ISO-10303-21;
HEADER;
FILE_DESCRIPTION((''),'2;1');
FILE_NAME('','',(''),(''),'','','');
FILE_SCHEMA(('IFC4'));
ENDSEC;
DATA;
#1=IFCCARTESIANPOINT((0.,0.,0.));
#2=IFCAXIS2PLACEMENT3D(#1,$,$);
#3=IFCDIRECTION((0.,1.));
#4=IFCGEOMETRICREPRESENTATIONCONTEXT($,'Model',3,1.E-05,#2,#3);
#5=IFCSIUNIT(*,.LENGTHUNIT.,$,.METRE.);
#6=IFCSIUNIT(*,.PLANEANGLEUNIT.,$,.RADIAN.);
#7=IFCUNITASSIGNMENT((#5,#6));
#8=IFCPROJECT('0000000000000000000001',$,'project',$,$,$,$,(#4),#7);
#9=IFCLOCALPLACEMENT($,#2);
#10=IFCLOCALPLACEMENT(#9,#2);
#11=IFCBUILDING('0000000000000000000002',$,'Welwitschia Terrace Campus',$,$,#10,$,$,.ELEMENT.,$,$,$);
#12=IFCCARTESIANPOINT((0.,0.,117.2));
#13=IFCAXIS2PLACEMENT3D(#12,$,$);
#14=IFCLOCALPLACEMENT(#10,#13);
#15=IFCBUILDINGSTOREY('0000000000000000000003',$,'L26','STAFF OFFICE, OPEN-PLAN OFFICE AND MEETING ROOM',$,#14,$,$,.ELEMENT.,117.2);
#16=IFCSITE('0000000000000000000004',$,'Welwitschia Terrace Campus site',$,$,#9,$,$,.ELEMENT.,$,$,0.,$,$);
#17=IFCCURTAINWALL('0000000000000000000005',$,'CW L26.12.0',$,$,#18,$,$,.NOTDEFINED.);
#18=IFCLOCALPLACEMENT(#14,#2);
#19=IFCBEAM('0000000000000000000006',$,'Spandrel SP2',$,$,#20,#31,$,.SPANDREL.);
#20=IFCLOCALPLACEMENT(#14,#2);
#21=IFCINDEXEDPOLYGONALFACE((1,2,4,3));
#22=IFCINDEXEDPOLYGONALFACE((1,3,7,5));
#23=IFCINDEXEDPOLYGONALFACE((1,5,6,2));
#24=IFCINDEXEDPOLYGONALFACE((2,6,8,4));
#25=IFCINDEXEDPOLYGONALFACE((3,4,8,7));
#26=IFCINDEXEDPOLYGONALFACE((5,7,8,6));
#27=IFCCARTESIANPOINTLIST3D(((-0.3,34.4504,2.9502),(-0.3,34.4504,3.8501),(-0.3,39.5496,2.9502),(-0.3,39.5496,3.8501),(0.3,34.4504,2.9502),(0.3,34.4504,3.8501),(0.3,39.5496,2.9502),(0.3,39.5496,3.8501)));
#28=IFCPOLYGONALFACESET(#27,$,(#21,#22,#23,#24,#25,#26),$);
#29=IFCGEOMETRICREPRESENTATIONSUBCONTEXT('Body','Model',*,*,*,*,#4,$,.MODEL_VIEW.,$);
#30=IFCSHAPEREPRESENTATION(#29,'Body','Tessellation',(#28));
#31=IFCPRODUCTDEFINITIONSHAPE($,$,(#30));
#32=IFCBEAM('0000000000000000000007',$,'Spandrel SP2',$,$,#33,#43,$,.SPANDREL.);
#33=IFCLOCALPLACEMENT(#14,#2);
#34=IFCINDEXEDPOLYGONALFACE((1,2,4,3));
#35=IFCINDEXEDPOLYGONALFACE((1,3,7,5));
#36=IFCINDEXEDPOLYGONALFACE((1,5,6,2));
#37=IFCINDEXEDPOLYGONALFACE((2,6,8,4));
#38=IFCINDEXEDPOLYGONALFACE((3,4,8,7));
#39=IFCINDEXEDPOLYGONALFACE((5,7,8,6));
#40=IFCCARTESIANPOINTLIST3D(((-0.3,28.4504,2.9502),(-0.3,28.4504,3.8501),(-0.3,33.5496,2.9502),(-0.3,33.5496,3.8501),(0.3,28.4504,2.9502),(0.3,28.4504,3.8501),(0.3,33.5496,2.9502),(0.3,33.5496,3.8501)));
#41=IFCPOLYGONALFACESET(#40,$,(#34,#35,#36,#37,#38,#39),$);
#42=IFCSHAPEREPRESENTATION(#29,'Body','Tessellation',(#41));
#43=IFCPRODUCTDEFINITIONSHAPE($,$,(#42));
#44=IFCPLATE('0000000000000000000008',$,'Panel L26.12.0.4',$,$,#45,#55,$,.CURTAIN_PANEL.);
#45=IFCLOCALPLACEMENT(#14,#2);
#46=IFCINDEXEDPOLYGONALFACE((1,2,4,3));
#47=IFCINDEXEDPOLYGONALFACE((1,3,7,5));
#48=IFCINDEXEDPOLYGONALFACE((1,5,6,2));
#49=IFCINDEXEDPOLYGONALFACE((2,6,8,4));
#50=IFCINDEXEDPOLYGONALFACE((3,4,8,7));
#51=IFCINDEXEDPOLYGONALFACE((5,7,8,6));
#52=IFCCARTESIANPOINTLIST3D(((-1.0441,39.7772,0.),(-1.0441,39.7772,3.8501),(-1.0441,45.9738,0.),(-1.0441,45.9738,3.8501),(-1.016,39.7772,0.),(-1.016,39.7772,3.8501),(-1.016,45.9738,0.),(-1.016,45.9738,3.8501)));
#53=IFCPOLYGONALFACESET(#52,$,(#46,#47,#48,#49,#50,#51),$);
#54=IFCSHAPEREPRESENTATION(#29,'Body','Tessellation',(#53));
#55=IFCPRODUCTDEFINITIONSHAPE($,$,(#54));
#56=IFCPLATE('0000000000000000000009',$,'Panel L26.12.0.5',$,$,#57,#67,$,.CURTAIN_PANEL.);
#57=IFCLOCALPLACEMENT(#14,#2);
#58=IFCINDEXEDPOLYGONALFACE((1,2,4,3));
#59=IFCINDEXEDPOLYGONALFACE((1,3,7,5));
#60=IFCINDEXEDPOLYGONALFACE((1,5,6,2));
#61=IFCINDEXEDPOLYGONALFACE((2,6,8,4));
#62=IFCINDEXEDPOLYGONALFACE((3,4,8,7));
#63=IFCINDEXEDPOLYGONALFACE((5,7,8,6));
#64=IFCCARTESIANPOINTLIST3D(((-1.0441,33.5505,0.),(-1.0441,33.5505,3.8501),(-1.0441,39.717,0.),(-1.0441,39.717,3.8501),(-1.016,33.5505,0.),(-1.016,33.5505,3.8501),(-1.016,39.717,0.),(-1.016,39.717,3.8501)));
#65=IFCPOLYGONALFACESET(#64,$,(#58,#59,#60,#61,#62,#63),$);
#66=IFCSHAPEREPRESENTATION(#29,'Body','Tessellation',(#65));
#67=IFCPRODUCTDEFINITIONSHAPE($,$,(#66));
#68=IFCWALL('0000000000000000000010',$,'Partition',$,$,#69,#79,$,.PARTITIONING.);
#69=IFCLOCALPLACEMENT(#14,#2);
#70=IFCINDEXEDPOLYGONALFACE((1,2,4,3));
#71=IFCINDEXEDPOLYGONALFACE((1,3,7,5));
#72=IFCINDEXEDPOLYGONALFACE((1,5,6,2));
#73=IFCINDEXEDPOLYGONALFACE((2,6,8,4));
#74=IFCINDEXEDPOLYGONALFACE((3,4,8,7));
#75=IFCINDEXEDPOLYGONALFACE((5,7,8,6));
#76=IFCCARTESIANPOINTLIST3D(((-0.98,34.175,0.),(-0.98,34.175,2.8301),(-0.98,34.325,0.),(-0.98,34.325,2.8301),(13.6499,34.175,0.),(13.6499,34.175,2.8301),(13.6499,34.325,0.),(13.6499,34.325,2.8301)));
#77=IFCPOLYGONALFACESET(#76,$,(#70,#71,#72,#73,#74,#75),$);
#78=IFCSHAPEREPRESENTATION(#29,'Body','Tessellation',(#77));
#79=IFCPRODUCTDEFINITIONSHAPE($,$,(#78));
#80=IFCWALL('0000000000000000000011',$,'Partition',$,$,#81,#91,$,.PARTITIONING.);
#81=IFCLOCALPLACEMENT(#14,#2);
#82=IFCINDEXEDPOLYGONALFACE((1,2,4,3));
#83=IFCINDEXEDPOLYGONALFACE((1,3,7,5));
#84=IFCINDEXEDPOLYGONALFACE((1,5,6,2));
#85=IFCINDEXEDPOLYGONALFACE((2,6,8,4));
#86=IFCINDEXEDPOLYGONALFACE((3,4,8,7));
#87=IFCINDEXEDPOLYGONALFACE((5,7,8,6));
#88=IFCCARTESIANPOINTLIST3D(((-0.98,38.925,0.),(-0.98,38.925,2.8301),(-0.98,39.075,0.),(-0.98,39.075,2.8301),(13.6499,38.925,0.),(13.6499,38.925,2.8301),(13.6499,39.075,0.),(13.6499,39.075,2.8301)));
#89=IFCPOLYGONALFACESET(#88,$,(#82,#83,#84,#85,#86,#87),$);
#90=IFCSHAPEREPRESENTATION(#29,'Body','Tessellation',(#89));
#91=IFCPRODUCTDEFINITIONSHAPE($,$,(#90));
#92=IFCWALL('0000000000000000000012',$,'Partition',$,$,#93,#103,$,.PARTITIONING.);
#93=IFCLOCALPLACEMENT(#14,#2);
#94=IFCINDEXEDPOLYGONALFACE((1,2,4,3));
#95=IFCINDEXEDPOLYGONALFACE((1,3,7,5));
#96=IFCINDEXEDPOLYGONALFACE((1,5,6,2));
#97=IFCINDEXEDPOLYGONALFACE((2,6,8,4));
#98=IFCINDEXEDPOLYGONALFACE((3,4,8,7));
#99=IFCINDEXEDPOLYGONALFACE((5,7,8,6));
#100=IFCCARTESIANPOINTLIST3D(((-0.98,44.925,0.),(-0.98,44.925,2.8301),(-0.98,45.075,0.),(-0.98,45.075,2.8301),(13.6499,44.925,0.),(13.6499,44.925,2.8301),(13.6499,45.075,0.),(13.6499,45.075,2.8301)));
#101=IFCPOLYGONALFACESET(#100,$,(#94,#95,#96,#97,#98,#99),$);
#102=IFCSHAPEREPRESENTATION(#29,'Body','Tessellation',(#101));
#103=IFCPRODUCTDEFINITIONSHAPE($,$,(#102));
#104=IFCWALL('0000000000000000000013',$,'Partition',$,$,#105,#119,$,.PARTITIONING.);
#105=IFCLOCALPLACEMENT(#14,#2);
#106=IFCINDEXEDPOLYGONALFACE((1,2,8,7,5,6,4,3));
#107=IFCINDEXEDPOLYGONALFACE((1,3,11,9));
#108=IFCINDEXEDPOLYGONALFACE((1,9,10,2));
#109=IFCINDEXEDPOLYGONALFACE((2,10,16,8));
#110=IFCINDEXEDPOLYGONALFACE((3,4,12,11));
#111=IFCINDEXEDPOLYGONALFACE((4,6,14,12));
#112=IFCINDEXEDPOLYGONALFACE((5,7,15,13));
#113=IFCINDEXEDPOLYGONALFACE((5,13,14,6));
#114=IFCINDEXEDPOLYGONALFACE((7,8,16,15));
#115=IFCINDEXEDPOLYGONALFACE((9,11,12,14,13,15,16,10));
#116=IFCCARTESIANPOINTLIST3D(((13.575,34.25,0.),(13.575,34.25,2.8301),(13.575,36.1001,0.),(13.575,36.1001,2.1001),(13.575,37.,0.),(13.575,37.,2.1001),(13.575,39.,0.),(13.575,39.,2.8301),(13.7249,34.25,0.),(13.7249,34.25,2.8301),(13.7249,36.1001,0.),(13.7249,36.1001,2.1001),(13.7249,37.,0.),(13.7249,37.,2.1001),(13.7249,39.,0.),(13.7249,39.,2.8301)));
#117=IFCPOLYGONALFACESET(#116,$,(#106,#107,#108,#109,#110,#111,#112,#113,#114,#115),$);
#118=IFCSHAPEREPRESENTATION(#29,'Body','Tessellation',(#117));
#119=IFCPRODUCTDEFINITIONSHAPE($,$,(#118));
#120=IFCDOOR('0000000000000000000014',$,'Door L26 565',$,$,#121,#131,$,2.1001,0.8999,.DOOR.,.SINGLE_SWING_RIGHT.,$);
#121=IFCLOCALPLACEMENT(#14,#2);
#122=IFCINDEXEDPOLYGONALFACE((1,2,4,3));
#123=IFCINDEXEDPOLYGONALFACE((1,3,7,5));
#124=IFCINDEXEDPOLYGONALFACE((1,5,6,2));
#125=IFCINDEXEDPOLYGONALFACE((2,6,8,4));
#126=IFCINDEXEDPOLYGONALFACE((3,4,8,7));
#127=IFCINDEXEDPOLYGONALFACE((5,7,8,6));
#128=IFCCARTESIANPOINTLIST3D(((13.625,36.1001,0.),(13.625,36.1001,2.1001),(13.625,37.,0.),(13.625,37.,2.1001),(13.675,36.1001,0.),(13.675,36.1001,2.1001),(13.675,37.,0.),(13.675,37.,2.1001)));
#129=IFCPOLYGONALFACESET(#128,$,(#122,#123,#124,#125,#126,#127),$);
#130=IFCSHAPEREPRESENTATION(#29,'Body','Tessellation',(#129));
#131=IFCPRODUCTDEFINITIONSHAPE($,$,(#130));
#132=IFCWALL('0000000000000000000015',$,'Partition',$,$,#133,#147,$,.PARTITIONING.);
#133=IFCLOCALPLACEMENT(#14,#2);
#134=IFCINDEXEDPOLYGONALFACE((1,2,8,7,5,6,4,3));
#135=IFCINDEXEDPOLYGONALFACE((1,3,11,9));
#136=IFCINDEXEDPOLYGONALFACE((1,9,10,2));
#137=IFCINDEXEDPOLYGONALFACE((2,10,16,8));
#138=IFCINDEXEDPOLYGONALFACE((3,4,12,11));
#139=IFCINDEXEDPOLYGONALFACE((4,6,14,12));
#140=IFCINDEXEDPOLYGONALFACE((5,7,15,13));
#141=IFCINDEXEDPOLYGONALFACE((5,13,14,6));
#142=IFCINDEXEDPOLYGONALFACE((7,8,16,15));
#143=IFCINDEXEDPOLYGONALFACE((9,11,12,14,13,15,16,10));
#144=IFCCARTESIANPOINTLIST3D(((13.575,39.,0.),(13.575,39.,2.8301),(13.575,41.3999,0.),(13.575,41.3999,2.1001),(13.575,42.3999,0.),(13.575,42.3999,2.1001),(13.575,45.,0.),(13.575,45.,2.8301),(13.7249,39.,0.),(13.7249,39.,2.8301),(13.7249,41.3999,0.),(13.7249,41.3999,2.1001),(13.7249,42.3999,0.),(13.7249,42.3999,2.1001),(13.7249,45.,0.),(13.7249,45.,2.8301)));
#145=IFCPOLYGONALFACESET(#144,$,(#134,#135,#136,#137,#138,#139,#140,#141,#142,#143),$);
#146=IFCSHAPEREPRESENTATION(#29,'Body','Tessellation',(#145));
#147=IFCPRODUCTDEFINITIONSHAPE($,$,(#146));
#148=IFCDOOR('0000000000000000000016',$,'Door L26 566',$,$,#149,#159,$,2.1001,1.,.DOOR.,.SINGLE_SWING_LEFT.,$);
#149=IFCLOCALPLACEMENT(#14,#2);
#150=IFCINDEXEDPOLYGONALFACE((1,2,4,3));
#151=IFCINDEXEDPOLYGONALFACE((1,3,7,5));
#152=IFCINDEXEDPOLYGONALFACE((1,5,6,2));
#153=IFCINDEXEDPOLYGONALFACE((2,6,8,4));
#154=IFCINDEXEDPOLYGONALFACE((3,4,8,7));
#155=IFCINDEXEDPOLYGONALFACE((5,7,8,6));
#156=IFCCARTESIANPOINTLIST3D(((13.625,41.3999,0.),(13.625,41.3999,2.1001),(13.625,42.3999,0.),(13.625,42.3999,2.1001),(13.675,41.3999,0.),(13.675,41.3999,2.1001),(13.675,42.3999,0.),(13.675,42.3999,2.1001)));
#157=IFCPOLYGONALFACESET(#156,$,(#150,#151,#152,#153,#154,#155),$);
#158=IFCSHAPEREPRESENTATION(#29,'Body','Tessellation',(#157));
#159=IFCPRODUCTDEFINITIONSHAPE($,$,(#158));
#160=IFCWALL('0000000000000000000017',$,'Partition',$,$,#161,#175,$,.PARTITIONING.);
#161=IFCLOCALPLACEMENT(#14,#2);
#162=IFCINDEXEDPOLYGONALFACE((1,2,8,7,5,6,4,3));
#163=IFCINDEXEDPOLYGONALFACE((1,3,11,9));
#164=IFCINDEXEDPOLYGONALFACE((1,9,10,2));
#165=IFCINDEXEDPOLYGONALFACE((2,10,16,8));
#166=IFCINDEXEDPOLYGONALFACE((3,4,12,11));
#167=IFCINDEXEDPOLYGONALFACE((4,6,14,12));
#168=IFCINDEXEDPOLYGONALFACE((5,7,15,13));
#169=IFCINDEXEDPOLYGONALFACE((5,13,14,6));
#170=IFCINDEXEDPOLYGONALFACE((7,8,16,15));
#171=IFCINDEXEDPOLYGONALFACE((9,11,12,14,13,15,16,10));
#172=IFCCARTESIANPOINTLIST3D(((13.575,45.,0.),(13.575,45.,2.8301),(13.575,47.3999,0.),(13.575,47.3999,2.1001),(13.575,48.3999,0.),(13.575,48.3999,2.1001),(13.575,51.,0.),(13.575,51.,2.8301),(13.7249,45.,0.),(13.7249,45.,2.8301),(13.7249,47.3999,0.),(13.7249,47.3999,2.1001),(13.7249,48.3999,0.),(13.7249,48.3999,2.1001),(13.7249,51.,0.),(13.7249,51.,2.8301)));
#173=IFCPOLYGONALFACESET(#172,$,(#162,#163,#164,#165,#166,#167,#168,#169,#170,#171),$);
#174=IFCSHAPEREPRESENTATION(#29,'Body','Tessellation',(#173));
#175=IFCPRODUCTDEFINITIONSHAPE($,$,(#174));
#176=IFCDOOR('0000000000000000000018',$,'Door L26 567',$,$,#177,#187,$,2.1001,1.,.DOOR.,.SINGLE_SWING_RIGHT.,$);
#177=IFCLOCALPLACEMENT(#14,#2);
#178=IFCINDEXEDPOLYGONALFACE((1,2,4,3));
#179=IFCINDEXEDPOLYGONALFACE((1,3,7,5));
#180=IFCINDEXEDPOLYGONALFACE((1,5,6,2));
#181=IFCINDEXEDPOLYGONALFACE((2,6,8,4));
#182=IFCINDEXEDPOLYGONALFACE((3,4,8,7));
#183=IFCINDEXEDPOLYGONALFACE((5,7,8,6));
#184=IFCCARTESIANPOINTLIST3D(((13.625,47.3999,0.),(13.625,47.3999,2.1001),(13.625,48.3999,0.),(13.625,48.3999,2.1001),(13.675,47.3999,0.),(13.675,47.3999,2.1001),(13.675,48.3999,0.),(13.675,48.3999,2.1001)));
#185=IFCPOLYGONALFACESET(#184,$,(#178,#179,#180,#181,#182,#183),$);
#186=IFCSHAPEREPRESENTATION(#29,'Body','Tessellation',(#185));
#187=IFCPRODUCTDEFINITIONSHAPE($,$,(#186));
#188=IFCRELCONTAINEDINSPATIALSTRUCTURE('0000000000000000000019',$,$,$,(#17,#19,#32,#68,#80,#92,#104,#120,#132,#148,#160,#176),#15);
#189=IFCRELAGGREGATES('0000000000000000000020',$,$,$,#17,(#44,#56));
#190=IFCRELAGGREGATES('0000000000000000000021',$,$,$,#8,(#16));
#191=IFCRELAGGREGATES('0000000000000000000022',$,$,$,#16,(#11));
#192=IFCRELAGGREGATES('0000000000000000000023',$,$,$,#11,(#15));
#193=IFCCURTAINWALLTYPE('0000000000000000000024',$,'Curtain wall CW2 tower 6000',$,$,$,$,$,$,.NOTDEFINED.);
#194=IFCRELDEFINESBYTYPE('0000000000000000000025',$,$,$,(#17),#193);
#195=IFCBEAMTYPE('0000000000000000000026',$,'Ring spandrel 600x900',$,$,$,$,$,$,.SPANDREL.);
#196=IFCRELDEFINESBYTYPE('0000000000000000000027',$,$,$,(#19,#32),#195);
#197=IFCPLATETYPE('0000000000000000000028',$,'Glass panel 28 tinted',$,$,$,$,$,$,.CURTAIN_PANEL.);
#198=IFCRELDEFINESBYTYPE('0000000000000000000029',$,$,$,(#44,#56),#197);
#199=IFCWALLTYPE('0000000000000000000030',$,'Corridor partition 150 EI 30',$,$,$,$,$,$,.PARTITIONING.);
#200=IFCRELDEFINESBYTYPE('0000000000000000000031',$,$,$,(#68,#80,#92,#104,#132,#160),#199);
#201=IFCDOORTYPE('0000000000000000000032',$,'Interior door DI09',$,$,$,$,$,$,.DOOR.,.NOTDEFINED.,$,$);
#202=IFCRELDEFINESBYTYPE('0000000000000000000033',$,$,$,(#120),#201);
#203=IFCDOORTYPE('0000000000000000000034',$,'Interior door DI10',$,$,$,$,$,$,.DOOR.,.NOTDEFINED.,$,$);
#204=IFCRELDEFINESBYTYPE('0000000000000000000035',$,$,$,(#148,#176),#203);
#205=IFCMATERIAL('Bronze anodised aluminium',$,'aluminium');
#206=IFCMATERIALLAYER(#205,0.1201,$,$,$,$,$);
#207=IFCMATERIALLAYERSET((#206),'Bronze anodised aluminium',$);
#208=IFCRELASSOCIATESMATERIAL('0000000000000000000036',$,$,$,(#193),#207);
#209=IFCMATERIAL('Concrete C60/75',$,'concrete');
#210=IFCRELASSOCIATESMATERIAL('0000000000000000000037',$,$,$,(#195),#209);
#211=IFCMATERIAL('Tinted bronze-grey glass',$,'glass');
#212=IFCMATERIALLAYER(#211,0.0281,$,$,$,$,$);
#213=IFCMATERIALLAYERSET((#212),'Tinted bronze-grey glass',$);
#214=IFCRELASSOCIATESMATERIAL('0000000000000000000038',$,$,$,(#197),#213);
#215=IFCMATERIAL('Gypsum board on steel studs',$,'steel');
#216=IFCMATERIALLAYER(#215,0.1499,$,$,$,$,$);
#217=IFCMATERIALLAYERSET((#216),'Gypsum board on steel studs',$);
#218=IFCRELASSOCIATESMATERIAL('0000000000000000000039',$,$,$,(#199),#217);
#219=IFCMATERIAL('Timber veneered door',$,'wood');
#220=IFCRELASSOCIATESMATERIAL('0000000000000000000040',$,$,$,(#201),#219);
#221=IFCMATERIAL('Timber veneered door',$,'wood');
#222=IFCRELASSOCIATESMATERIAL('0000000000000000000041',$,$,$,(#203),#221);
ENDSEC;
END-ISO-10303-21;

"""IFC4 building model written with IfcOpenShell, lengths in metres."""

from ifc_helpers import new_model, si_unit, direction, frame, frame_2d, origin, origin_2d, place, context, subcontext, project, spatial, rectangle, extrude, material, layer, layer_set, material_profile, profile_set, type_object, element, fill, aggregate, save


model = new_model("IFC4")

# Units and contexts
model_context = context("Model", 3, precision=1e-05, world=origin(), true_north=direction((0.0, 1.0)))
body_context = subcontext(model_context, "Body", "Model", "MODEL_VIEW")
ifc_project = project(units=[si_unit("LENGTHUNIT", "METRE"), si_unit("PLANEANGLEUNIT", "RADIAN")], contexts=[model_context])

# Site, building, storey
site_placement = place(None, origin())
site = spatial("IfcSite", under=ifc_project, at=site_placement, Name="Welwitschia Terrace Campus site", CompositionType="ELEMENT", RefElevation=0.0)
building_placement = place(site_placement, origin())
building = spatial("IfcBuilding", under=site, at=building_placement, Name="Welwitschia Terrace Campus", CompositionType="ELEMENT")
storey_placement = place(building_placement, frame((0.0, 0.0, 117.2)))
storey = spatial("IfcBuildingStorey", under=building, at=storey_placement, Name="L26", Description="STAFF OFFICE, OPEN-PLAN OFFICE AND MEETING ROOM", CompositionType="ELEMENT", Elevation=117.2)

# Shared definitions
ifc_material_1 = material(Name="Bronze anodised aluminium", Category="aluminium")
ifc_layer_1 = layer(ifc_material_1, 0.1201)
ifc_layer_set_1 = layer_set([ifc_layer_1], Name="Bronze anodised aluminium")
curtain_wall_type = type_object("IfcCurtainWallType", Name="Curtain wall CW2 tower 6000", PredefinedType="NOTDEFINED", material=ifc_layer_set_1)

# Curtain wall
curtain_wall_1_placement = place(storey_placement, origin())
curtain_wall_1 = element("IfcCurtainWall", 1, at=curtain_wall_1_placement, inside=storey, type_object=curtain_wall_type, Name="CW L26.12.0", PredefinedType="NOTDEFINED")

# Beams
ifc_material_2 = material(Name="Concrete C60/75", Category="concrete")
ifc_material_profile_1 = material_profile(ifc_material_2, rectangle(XDim=0.6001, YDim=0.8999, at=origin_2d()))
ifc_profile_set_1 = profile_set([ifc_material_profile_1], Name="Concrete C60/75")
beam_type_1 = type_object("IfcBeamType", Name="Ring spandrel 600x900", PredefinedType="SPANDREL", material=ifc_profile_set_1)
for number, where, z_axis, x_axis, name in (
    (2, (0.0, 39.5496, 3.4001), (0.0, -1.0, 0.0), (1.0, 0.0, 0.0), "Spandrel SP2"),
    (3, (0.0, 33.5496, 3.4001), (0.0, -1.0, 0.0), (1.0, 0.0, 0.0), "Spandrel SP2"),
):
    element("IfcBeam", number, at=place(storey_placement, frame(where, z_axis=z_axis, x_axis=x_axis)), inside=storey, type_object=beam_type_1, Name=name, PredefinedType="SPANDREL", context=body_context, shape_type="SweptSolid", body=[
        extrude(rectangle(XDim=0.6001, YDim=0.8999, at=origin_2d()), origin(), (0.0, 0.0, 1.0), 5.0991),
    ])

# Plates
ifc_material_3 = material(Name="Tinted bronze-grey glass", Category="glass")
ifc_layer_2 = layer(ifc_material_3, 0.0281)
ifc_layer_set_2 = layer_set([ifc_layer_2], Name="Tinted bronze-grey glass")
plate_type = type_object("IfcPlateType", Name="Glass panel 28 tinted", PredefinedType="CURTAIN_PANEL", material=ifc_layer_set_2)
plate_1_placement = place(storey_placement, frame((-1.03, 42.8755, 0.0), z_axis=(0.0, 0.0, 1.0), x_axis=(0.0, -1.0, 0.0)))
plate_1 = element("IfcPlate", 4, at=plate_1_placement, type_object=plate_type, Name="Panel L26.12.0.4", PredefinedType="CURTAIN_PANEL", context=body_context, shape_type="SweptSolid", body=[
    extrude(rectangle(XDim=6.1965, YDim=0.0281, at=origin_2d()), origin(), (0.0, 0.0, 1.0), 3.8501),
])
plate_2_placement = place(storey_placement, frame((-1.03, 36.6338, 0.0), z_axis=(0.0, 0.0, 1.0), x_axis=(0.0, -1.0, 0.0)))
plate_2 = element("IfcPlate", 5, at=plate_2_placement, type_object=plate_type, Name="Panel L26.12.0.5", PredefinedType="CURTAIN_PANEL", context=body_context, shape_type="SweptSolid", body=[
    extrude(rectangle(XDim=6.1665, YDim=0.0281, at=origin_2d()), origin(), (0.0, 0.0, 1.0), 3.8501),
])
aggregate(curtain_wall_1, [plate_1, plate_2])

# Walls
ifc_material_4 = material(Name="Gypsum board on steel studs", Category="steel")
ifc_layer_3 = layer(ifc_material_4, 0.1499)
ifc_layer_set_3 = layer_set([ifc_layer_3], Name="Gypsum board on steel studs")
wall_type = type_object("IfcWallType", Name="Corridor partition 150 EI 30", PredefinedType="PARTITIONING", material=ifc_layer_set_3)
for number, where, z_axis, x_axis, name in (
    (6, (-0.98, 34.25, 0.0), (0.0, 0.0, 1.0), (1.0, 0.0, 0.0), "Partition"),
    (7, (-0.98, 39.0, 0.0), (0.0, 0.0, 1.0), (1.0, 0.0, 0.0), "Partition"),
    (8, (-0.98, 45.0, 0.0), (0.0, 0.0, 1.0), (1.0, 0.0, 0.0), "Partition"),
):
    element("IfcWall", number, at=place(storey_placement, frame(where, z_axis=z_axis, x_axis=x_axis)), inside=storey, type_object=wall_type, Name=name, PredefinedType="PARTITIONING", context=body_context, shape_type="SweptSolid", body=[
        extrude(rectangle(XDim=14.6299, YDim=0.1499, at=frame_2d((7.3149, 0.0))), origin(), (0.0, 0.0, 1.0), 2.8301),
    ])

# Walls, openings, doors
wall_1_placement = place(storey_placement, frame((13.6499, 34.25, 0.0), z_axis=(0.0, 0.0, 1.0), x_axis=(0.0, 1.0, 0.0)))
wall_1 = element("IfcWall", 9, at=wall_1_placement, inside=storey, type_object=wall_type, Name="Partition", PredefinedType="PARTITIONING", context=body_context, shape_type="SweptSolid", body=[
    extrude(rectangle(XDim=4.75, YDim=0.1499, at=frame_2d((2.375, 0.0))), origin(), (0.0, 0.0, 1.0), 2.8301),
])
opening_1_placement = place(wall_1_placement, frame((1.8501, 0.0, 0.0)))
opening_1 = element("IfcOpeningElement", 10, at=opening_1_placement, cuts=wall_1, PredefinedType="OPENING", context=body_context, shape_type="SweptSolid", body=[
    extrude(rectangle(XDim=0.8999, YDim=2.1001, at=frame_2d((0.45, 1.05))), frame((0.0, 0.085, 0.0), z_axis=(0.0, -1.0, 0.0), x_axis=(1.0, 0.0, 0.0)), (0.0, 0.0, 1.0), 0.1699),
])
ifc_material_5 = material(Name="Timber veneered door", Category="wood")
door_type_1 = type_object("IfcDoorType", Name="Interior door DI09", OperationType="NOTDEFINED", PredefinedType="DOOR", material=ifc_material_5)
door_1_placement = place(opening_1_placement, origin())
door_1 = element("IfcDoor", 11, at=door_1_placement, inside=storey, type_object=door_type_1, Name="Door L26 565", OperationType="SINGLE_SWING_RIGHT", OverallHeight=2.1001, OverallWidth=0.8999, PredefinedType="DOOR", context=body_context, shape_type="SweptSolid", body=[
    extrude(rectangle(XDim=0.8999, YDim=2.1001, at=frame_2d((0.45, 1.05))), frame((0.0, 0.0249, 0.0), z_axis=(0.0, -1.0, 0.0), x_axis=(1.0, 0.0, 0.0)), (0.0, 0.0, 1.0), 0.05),
])
fill(opening_1, door_1)
wall_2_placement = place(storey_placement, frame((13.6499, 39.0, 0.0), z_axis=(0.0, 0.0, 1.0), x_axis=(0.0, 1.0, 0.0)))
wall_2 = element("IfcWall", 12, at=wall_2_placement, inside=storey, type_object=wall_type, Name="Partition", PredefinedType="PARTITIONING", context=body_context, shape_type="SweptSolid", body=[
    extrude(rectangle(XDim=6.0, YDim=0.1499, at=frame_2d((3.0, 0.0))), origin(), (0.0, 0.0, 1.0), 2.8301),
])
opening_2_placement = place(wall_2_placement, frame((2.3999, 0.0, 0.0)))
opening_2 = element("IfcOpeningElement", 13, at=opening_2_placement, cuts=wall_2, PredefinedType="OPENING", context=body_context, shape_type="SweptSolid", body=[
    extrude(rectangle(XDim=1.0, YDim=2.1001, at=frame_2d((0.5, 1.05))), frame((0.0, 0.085, 0.0), z_axis=(0.0, -1.0, 0.0), x_axis=(1.0, 0.0, 0.0)), (0.0, 0.0, 1.0), 0.1699),
])
ifc_material_6 = material(Name="Timber veneered door", Category="wood")
door_type_2 = type_object("IfcDoorType", Name="Interior door DI10", OperationType="NOTDEFINED", PredefinedType="DOOR", material=ifc_material_6)
door_2_placement = place(opening_2_placement, origin())
door_2 = element("IfcDoor", 14, at=door_2_placement, inside=storey, type_object=door_type_2, Name="Door L26 566", OperationType="SINGLE_SWING_LEFT", OverallHeight=2.1001, OverallWidth=1.0, PredefinedType="DOOR", context=body_context, shape_type="SweptSolid", body=[
    extrude(rectangle(XDim=1.0, YDim=2.1001, at=frame_2d((0.5, 1.05))), frame((0.0, 0.0249, 0.0), z_axis=(0.0, -1.0, 0.0), x_axis=(1.0, 0.0, 0.0)), (0.0, 0.0, 1.0), 0.05),
])
fill(opening_2, door_2)
wall_3_placement = place(storey_placement, frame((13.6499, 45.0, 0.0), z_axis=(0.0, 0.0, 1.0), x_axis=(0.0, 1.0, 0.0)))
wall_3 = element("IfcWall", 15, at=wall_3_placement, inside=storey, type_object=wall_type, Name="Partition", PredefinedType="PARTITIONING", context=body_context, shape_type="SweptSolid", body=[
    extrude(rectangle(XDim=6.0, YDim=0.1499, at=frame_2d((3.0, 0.0))), origin(), (0.0, 0.0, 1.0), 2.8301),
])
opening_3_placement = place(wall_3_placement, frame((2.3999, 0.0, 0.0)))
opening_3 = element("IfcOpeningElement", 16, at=opening_3_placement, cuts=wall_3, PredefinedType="OPENING", context=body_context, shape_type="SweptSolid", body=[
    extrude(rectangle(XDim=1.0, YDim=2.1001, at=frame_2d((0.5, 1.05))), frame((0.0, 0.085, 0.0), z_axis=(0.0, -1.0, 0.0), x_axis=(1.0, 0.0, 0.0)), (0.0, 0.0, 1.0), 0.1699),
])
door_3_placement = place(opening_3_placement, origin())
door_3 = element("IfcDoor", 17, at=door_3_placement, inside=storey, type_object=door_type_2, Name="Door L26 567", OperationType="SINGLE_SWING_RIGHT", OverallHeight=2.1001, OverallWidth=1.0, PredefinedType="DOOR", context=body_context, shape_type="SweptSolid", body=[
    extrude(rectangle(XDim=1.0, YDim=2.1001, at=frame_2d((0.5, 1.05))), frame((0.0, 0.0249, 0.0), z_axis=(0.0, -1.0, 0.0), x_axis=(1.0, 0.0, 0.0)), (0.0, 0.0, 1.0), 0.05),
])
fill(opening_3, door_3)

save(model, "model.ifc")
